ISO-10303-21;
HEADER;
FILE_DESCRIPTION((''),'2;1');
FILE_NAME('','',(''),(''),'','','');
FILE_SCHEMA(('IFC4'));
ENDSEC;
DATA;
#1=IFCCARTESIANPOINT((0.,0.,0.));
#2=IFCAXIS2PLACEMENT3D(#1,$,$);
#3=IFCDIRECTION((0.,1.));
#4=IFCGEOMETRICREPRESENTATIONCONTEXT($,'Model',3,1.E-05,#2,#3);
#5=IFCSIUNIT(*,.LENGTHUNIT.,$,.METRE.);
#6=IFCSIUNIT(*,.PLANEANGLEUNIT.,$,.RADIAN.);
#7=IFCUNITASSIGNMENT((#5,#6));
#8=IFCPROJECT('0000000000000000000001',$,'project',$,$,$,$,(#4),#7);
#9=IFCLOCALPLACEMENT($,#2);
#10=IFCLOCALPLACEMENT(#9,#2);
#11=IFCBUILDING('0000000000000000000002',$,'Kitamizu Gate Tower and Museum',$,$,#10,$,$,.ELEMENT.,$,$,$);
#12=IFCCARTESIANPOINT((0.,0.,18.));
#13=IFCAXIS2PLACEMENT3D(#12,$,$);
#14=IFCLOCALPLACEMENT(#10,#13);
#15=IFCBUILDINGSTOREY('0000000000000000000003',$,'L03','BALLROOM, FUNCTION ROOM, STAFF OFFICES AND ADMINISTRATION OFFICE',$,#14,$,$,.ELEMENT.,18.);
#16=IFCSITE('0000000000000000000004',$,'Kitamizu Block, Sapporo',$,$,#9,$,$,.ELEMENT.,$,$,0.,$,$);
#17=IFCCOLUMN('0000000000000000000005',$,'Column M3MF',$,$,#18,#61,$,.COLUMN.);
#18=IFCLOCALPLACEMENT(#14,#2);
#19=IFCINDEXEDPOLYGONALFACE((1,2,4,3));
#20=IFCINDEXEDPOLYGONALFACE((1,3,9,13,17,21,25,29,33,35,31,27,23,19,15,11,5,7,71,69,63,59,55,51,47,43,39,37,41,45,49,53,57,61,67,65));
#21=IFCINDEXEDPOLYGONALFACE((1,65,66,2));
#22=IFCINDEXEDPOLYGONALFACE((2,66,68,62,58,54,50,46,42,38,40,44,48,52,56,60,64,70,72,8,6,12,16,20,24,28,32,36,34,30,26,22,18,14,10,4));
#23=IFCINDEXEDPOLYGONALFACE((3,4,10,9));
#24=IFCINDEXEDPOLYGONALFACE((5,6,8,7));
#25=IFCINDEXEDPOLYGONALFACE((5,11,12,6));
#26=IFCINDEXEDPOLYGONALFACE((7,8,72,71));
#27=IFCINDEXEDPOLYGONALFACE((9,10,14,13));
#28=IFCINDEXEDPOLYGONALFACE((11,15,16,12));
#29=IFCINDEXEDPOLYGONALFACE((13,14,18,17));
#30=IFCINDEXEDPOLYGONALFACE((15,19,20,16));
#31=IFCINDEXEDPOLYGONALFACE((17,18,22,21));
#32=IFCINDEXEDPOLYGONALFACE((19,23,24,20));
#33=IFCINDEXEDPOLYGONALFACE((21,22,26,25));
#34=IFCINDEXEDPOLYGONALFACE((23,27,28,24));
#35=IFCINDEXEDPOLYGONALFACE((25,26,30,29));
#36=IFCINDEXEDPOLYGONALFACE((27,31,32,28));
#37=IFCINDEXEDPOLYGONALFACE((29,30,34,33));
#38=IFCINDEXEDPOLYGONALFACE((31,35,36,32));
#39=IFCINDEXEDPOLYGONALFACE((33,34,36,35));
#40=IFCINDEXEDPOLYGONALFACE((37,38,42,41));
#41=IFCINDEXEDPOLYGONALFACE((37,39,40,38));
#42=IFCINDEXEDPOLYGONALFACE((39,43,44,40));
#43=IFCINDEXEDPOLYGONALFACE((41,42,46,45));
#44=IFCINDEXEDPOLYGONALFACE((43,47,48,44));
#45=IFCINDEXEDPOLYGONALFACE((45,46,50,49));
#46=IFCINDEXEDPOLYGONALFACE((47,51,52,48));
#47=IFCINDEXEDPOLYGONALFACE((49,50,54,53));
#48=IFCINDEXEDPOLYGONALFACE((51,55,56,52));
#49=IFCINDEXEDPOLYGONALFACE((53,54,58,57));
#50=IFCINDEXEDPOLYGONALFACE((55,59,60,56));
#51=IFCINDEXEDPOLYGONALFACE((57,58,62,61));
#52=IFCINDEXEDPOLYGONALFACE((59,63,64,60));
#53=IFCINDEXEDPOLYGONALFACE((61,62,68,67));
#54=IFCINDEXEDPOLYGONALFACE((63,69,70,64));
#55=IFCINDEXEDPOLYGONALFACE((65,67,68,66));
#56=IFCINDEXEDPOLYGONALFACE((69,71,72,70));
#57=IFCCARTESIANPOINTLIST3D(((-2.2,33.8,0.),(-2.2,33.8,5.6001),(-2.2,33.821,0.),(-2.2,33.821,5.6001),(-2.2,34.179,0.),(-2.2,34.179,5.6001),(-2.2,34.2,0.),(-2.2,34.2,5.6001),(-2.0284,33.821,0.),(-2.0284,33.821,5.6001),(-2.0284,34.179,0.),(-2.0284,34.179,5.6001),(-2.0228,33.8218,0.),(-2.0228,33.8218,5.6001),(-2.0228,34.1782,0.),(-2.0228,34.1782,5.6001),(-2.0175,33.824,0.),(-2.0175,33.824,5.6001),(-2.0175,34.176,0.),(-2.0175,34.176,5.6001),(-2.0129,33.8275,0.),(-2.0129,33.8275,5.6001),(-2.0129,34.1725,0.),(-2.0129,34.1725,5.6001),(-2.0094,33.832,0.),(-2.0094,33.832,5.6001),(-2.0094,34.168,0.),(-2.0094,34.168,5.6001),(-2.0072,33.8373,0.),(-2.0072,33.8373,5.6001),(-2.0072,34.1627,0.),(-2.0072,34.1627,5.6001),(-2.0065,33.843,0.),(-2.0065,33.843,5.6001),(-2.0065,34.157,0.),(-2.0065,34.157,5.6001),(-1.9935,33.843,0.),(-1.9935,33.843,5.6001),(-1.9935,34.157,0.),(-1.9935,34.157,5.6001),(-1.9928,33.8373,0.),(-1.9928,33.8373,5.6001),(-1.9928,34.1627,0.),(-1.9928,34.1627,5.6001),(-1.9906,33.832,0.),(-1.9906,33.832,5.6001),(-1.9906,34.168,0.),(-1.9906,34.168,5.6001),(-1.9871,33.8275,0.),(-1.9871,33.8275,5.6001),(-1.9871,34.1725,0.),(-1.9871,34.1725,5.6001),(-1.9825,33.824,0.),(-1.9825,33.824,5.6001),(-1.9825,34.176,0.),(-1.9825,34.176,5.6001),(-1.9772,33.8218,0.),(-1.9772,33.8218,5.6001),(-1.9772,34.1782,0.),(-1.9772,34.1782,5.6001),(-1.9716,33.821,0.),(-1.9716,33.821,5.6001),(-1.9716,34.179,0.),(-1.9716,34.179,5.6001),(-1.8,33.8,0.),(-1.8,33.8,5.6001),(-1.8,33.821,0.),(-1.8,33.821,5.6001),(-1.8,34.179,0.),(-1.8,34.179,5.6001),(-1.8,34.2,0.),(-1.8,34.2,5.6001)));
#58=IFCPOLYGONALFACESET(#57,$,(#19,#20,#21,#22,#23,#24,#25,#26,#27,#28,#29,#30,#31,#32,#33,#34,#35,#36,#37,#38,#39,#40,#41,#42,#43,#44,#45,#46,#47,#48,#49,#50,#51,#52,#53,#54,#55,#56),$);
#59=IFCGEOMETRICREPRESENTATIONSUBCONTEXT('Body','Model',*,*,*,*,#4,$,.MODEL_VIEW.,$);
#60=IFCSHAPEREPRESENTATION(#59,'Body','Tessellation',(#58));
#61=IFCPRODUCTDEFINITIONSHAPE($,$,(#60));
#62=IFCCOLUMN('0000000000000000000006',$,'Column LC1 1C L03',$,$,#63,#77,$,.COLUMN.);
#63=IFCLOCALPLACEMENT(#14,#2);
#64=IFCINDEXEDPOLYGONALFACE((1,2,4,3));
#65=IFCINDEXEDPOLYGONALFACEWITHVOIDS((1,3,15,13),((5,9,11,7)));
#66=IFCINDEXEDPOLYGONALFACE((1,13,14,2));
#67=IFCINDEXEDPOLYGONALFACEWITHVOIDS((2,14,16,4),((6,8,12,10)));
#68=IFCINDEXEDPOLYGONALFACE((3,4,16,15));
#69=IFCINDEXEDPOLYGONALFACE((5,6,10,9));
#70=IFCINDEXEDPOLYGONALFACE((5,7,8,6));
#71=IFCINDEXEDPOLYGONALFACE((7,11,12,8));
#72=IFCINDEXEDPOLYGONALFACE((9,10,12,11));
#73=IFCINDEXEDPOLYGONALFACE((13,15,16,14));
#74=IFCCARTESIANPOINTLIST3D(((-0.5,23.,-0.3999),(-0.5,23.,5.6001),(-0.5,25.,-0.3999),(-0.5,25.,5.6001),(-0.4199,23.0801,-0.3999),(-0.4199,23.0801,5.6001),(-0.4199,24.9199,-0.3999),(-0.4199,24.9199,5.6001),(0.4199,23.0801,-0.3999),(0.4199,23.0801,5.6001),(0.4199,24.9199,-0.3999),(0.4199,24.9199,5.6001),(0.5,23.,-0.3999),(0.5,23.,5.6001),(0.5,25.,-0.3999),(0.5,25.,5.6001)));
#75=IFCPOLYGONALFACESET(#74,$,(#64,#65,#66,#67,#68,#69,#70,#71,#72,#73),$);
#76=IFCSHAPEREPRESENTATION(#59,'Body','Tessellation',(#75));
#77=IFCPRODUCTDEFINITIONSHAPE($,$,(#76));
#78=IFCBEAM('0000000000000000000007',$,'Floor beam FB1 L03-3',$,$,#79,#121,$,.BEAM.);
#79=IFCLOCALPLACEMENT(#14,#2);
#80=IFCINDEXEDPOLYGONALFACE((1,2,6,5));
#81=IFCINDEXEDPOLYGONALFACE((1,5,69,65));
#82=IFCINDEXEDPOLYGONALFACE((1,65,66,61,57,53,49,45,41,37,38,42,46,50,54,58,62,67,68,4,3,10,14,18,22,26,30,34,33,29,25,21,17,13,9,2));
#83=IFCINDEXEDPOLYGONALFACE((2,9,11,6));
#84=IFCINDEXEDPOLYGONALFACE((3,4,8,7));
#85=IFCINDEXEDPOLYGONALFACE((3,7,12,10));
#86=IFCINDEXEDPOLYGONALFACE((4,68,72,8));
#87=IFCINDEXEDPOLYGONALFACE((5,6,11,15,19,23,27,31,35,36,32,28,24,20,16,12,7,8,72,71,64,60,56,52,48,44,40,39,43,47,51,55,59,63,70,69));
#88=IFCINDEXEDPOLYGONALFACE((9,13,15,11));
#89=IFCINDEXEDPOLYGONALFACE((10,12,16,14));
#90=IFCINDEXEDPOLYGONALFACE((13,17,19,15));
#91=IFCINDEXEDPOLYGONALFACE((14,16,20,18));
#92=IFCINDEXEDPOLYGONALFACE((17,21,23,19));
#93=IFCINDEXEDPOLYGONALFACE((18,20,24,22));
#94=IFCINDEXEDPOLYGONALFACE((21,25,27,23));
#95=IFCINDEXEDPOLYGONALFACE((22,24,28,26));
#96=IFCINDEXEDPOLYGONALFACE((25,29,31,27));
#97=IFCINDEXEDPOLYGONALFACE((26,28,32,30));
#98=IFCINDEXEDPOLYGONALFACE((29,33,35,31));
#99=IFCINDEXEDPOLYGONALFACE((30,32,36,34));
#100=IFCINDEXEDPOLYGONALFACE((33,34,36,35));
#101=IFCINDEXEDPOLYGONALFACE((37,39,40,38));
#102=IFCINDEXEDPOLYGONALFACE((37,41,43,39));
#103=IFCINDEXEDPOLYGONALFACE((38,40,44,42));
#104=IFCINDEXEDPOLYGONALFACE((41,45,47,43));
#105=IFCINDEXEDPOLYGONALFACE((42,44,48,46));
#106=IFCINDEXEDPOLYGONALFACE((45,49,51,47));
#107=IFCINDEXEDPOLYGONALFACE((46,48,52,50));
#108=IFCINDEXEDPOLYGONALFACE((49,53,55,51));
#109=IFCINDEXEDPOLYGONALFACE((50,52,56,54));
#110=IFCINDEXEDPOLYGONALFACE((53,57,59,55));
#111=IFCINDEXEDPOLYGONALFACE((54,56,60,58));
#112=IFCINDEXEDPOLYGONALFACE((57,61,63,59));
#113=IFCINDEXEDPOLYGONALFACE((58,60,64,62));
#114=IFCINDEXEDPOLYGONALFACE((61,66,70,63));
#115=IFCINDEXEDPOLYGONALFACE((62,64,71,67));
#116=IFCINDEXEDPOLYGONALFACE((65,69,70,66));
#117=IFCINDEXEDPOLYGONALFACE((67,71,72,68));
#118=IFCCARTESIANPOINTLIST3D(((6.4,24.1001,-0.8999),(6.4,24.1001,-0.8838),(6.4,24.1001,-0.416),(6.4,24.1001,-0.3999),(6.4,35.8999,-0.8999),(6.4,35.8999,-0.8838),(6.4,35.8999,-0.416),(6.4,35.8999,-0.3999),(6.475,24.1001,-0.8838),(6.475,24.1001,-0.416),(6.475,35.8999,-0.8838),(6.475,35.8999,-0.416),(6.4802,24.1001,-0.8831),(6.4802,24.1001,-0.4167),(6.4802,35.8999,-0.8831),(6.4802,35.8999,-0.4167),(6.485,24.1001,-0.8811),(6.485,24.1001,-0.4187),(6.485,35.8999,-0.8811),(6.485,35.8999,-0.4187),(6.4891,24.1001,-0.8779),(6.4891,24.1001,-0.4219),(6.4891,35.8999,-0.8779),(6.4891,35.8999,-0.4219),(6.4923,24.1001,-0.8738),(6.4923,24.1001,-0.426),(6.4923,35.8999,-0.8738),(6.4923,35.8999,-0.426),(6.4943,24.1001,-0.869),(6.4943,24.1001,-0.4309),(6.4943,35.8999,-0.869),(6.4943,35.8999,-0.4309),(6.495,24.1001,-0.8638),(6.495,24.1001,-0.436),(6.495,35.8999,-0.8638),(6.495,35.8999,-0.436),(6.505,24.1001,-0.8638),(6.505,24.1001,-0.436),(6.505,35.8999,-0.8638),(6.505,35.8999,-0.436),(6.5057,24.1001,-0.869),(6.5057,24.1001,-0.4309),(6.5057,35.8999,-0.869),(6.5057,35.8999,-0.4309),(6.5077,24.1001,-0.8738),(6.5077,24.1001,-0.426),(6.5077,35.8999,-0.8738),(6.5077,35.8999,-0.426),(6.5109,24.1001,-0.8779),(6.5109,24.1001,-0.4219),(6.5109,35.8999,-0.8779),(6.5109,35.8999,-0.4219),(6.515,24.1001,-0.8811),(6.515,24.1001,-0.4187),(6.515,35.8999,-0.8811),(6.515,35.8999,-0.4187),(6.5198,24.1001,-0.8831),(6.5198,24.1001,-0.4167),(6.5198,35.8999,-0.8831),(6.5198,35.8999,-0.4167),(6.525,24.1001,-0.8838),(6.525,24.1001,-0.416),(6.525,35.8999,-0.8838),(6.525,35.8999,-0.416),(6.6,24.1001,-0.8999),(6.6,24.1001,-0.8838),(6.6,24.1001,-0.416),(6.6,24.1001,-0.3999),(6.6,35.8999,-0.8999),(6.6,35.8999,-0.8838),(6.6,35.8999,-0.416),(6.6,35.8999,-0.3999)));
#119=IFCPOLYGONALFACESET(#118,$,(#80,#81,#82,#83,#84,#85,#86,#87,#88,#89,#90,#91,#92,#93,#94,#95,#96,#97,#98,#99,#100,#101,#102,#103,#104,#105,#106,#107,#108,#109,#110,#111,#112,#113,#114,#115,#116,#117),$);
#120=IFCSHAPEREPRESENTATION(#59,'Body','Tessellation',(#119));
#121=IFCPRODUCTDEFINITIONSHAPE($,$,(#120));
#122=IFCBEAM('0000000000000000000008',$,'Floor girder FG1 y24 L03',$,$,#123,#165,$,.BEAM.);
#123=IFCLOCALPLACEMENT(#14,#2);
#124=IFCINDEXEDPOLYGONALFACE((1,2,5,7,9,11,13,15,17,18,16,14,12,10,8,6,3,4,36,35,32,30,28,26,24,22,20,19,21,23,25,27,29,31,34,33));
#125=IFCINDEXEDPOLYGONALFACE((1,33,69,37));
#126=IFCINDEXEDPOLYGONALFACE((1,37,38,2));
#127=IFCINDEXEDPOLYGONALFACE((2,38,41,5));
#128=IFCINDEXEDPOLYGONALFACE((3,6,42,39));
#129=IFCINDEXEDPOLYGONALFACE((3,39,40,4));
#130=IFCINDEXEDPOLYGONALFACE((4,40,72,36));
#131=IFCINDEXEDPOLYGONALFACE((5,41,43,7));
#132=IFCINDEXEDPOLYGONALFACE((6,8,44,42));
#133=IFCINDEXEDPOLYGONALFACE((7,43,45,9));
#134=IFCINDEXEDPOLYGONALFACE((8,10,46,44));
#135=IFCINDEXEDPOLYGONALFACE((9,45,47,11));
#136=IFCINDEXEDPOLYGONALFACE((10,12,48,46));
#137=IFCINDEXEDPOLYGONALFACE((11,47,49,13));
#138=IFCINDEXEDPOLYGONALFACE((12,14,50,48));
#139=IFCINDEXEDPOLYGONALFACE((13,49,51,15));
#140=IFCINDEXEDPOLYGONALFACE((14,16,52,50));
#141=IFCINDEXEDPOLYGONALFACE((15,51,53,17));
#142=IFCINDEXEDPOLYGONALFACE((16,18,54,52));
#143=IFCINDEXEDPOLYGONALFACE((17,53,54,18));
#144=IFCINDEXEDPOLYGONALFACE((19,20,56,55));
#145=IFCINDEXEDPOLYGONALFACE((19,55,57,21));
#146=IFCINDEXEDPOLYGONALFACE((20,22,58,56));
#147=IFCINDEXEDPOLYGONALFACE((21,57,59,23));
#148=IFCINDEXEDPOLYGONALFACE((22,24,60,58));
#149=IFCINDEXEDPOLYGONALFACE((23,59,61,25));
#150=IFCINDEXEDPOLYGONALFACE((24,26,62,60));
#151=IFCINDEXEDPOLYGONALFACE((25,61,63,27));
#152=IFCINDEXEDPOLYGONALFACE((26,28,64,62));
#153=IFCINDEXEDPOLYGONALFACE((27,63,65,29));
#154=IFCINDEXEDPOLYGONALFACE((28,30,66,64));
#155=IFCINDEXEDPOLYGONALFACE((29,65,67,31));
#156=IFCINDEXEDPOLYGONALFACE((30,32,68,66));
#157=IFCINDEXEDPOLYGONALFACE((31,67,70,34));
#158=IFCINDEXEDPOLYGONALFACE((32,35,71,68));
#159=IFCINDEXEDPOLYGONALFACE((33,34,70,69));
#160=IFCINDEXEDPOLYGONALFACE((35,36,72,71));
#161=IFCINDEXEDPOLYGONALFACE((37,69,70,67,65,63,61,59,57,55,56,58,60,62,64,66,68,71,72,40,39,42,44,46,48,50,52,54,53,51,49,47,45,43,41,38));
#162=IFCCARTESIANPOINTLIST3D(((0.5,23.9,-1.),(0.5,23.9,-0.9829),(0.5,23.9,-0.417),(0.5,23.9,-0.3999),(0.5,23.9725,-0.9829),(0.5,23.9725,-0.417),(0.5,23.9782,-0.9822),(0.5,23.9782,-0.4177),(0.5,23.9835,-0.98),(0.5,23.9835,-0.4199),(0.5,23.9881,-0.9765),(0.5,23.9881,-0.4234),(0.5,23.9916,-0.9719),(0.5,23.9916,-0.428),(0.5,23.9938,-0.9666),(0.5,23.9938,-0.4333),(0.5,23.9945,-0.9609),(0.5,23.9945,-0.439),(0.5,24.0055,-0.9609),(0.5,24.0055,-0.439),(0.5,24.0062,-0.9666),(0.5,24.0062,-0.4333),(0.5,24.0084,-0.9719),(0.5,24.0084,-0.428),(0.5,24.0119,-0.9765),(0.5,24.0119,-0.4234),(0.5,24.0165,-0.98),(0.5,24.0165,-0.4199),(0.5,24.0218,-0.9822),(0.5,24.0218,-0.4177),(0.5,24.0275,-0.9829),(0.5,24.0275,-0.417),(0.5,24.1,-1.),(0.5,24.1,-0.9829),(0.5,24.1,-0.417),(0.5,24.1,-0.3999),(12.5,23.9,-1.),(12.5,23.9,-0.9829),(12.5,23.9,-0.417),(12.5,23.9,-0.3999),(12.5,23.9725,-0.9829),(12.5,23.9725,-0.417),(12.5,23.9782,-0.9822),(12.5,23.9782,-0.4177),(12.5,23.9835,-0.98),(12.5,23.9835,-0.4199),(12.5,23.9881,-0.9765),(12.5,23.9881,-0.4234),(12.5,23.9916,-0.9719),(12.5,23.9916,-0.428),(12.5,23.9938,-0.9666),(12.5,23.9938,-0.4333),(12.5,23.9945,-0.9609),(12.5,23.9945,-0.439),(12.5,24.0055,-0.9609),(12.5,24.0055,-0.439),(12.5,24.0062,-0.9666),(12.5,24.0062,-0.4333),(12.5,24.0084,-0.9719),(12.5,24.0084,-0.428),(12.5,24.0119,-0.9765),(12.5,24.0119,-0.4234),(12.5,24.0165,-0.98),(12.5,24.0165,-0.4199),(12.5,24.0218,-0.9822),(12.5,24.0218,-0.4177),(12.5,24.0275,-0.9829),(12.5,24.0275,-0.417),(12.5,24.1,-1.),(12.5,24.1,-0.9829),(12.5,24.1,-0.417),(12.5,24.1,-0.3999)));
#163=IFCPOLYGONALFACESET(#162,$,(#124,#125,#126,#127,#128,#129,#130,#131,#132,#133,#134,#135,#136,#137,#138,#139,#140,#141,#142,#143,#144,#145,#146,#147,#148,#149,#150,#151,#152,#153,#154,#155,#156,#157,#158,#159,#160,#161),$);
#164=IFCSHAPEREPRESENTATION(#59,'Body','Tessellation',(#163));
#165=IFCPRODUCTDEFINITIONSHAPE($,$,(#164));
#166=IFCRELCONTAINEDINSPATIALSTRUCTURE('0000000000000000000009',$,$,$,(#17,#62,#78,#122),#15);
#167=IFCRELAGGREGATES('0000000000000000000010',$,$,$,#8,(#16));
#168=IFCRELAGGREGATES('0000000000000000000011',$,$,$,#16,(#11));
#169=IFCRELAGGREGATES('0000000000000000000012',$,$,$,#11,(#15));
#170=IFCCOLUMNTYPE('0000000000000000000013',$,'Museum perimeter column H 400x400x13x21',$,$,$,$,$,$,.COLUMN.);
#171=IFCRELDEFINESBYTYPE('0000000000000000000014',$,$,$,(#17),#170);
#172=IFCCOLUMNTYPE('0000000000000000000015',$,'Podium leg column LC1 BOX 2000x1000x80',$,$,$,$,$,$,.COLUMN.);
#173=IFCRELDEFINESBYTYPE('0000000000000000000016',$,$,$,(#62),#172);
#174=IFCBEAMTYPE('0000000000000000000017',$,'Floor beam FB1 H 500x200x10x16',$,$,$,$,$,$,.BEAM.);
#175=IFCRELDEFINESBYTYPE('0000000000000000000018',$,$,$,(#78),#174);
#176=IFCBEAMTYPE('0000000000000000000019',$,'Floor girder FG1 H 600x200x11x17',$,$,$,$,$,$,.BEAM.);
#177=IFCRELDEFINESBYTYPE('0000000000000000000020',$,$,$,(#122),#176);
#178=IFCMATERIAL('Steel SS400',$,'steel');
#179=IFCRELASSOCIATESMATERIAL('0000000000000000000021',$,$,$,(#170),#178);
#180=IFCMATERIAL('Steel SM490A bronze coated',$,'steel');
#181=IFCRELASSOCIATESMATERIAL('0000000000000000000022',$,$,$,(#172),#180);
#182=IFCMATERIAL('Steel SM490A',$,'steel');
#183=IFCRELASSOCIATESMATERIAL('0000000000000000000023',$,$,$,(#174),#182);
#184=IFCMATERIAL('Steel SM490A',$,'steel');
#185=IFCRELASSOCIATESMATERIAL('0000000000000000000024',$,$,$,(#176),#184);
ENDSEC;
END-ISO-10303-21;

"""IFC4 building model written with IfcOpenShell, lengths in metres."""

from ifc_helpers import new_model, si_unit, direction, frame, origin, origin_2d, place, context, subcontext, project, spatial, hollow_rectangle, i_section, extrude, material, material_profile, profile_set, type_object, element, save


model = new_model("IFC4")

# Units and contexts
model_context = context("Model", 3, precision=1e-05, world=origin(), true_north=direction((0.0, 1.0)))
body_context = subcontext(model_context, "Body", "Model", "MODEL_VIEW")
ifc_project = project(units=[si_unit("LENGTHUNIT", "METRE"), si_unit("PLANEANGLEUNIT", "RADIAN")], contexts=[model_context])

# Site, building, storey
site_placement = place(None, origin())
site = spatial("IfcSite", under=ifc_project, at=site_placement, Name="Kitamizu Block, Sapporo", CompositionType="ELEMENT", RefElevation=0.0)
building_placement = place(site_placement, origin())
building = spatial("IfcBuilding", under=site, at=building_placement, Name="Kitamizu Gate Tower and Museum", CompositionType="ELEMENT")
storey_placement = place(building_placement, frame((0.0, 0.0, 18.0)))
storey = spatial("IfcBuildingStorey", under=building, at=storey_placement, Name="L03", Description="BALLROOM, FUNCTION ROOM, STAFF OFFICES AND ADMINISTRATION OFFICE", CompositionType="ELEMENT", Elevation=18.0)

# Columns
ifc_material_1 = material(Name="Steel SS400", Category="steel")
ifc_material_profile_1 = material_profile(ifc_material_1, i_section(OverallWidth=0.3999, OverallDepth=0.3999, WebThickness=0.0129, FlangeThickness=0.021, FilletRadius=0.022, at=origin_2d()), Name="H-400x400x13x21")
ifc_profile_set_1 = profile_set([ifc_material_profile_1], Name="Steel SS400")
column_type_1 = type_object("IfcColumnType", Name="Museum perimeter column H 400x400x13x21", PredefinedType="COLUMN", material=ifc_profile_set_1)
column_1_placement = place(storey_placement, frame((-2.0, 34.0, 0.0), z_axis=(0.0, 0.0, 1.0), x_axis=(1.0, 0.0, 0.0)))
element("IfcColumn", 1, at=column_1_placement, inside=storey, type_object=column_type_1, Name="Column M3MF", PredefinedType="COLUMN", context=body_context, shape_type="SweptSolid", body=[
    extrude(i_section(OverallWidth=0.3999, OverallDepth=0.3999, WebThickness=0.0129, FlangeThickness=0.021, FilletRadius=0.022, at=origin_2d()), origin(), (0.0, 0.0, 1.0), 5.6001),
])
ifc_material_2 = material(Name="Steel SM490A bronze coated", Category="steel")
ifc_material_profile_2 = material_profile(ifc_material_2, hollow_rectangle(XDim=2.0, YDim=1.0, WallThickness=0.0801, at=origin_2d()), Name="BOX 2000x1000x80")
ifc_profile_set_2 = profile_set([ifc_material_profile_2], Name="Steel SM490A bronze coated")
column_type_2 = type_object("IfcColumnType", Name="Podium leg column LC1 BOX 2000x1000x80", PredefinedType="COLUMN", material=ifc_profile_set_2)
column_2_placement = place(storey_placement, frame((0.0, 24.0, -0.3999), z_axis=(0.0, 0.0, 1.0), x_axis=(0.0, 1.0, 0.0)))
element("IfcColumn", 2, at=column_2_placement, inside=storey, type_object=column_type_2, Name="Column LC1 1C L03", PredefinedType="COLUMN", context=body_context, shape_type="SweptSolid", body=[
    extrude(hollow_rectangle(XDim=2.0, YDim=1.0, WallThickness=0.0801, at=origin_2d()), origin(), (0.0, 0.0, 1.0), 6.0),
])

# Beams
ifc_material_3 = material(Name="Steel SM490A", Category="steel")
ifc_material_profile_3 = material_profile(ifc_material_3, i_section(OverallWidth=0.2, OverallDepth=0.5, WebThickness=0.01, FlangeThickness=0.0161, FilletRadius=0.02, at=origin_2d()), Name="H-500x200x10x16")
ifc_profile_set_3 = profile_set([ifc_material_profile_3], Name="Steel SM490A")
beam_type_1 = type_object("IfcBeamType", Name="Floor beam FB1 H 500x200x10x16", PredefinedType="BEAM", material=ifc_profile_set_3)
beam_1_placement = place(storey_placement, frame((6.5, 24.1001, -0.6499), z_axis=(0.0, 1.0, 0.0), x_axis=(-1.0, 0.0, 0.0)))
element("IfcBeam", 3, at=beam_1_placement, inside=storey, type_object=beam_type_1, Name="Floor beam FB1 L03-3", PredefinedType="BEAM", context=body_context, shape_type="SweptSolid", body=[
    extrude(i_section(OverallWidth=0.2, OverallDepth=0.5, WebThickness=0.01, FlangeThickness=0.0161, FilletRadius=0.02, at=origin_2d()), origin(), (0.0, 0.0, 1.0), 11.7998),
])
ifc_material_4 = material(Name="Steel SM490A", Category="steel")
ifc_material_profile_4 = material_profile(ifc_material_4, i_section(OverallWidth=0.2, OverallDepth=0.6001, WebThickness=0.011, FlangeThickness=0.0171, FilletRadius=0.022, at=origin_2d()), Name="H-600x200x11x17")
ifc_profile_set_4 = profile_set([ifc_material_profile_4], Name="Steel SM490A")
beam_type_2 = type_object("IfcBeamType", Name="Floor girder FG1 H 600x200x11x17", PredefinedType="BEAM", material=ifc_profile_set_4)
beam_2_placement = place(storey_placement, frame((0.5, 24.0, -0.7), z_axis=(1.0, 0.0, 0.0), x_axis=(0.0, 1.0, 0.0)))
element("IfcBeam", 4, at=beam_2_placement, inside=storey, type_object=beam_type_2, Name="Floor girder FG1 y24 L03", PredefinedType="BEAM", context=body_context, shape_type="SweptSolid", body=[
    extrude(i_section(OverallWidth=0.2, OverallDepth=0.6001, WebThickness=0.011, FlangeThickness=0.0171, FilletRadius=0.022, at=origin_2d()), origin(), (0.0, 0.0, 1.0), 12.0),
])

save(model, "model.ifc")
